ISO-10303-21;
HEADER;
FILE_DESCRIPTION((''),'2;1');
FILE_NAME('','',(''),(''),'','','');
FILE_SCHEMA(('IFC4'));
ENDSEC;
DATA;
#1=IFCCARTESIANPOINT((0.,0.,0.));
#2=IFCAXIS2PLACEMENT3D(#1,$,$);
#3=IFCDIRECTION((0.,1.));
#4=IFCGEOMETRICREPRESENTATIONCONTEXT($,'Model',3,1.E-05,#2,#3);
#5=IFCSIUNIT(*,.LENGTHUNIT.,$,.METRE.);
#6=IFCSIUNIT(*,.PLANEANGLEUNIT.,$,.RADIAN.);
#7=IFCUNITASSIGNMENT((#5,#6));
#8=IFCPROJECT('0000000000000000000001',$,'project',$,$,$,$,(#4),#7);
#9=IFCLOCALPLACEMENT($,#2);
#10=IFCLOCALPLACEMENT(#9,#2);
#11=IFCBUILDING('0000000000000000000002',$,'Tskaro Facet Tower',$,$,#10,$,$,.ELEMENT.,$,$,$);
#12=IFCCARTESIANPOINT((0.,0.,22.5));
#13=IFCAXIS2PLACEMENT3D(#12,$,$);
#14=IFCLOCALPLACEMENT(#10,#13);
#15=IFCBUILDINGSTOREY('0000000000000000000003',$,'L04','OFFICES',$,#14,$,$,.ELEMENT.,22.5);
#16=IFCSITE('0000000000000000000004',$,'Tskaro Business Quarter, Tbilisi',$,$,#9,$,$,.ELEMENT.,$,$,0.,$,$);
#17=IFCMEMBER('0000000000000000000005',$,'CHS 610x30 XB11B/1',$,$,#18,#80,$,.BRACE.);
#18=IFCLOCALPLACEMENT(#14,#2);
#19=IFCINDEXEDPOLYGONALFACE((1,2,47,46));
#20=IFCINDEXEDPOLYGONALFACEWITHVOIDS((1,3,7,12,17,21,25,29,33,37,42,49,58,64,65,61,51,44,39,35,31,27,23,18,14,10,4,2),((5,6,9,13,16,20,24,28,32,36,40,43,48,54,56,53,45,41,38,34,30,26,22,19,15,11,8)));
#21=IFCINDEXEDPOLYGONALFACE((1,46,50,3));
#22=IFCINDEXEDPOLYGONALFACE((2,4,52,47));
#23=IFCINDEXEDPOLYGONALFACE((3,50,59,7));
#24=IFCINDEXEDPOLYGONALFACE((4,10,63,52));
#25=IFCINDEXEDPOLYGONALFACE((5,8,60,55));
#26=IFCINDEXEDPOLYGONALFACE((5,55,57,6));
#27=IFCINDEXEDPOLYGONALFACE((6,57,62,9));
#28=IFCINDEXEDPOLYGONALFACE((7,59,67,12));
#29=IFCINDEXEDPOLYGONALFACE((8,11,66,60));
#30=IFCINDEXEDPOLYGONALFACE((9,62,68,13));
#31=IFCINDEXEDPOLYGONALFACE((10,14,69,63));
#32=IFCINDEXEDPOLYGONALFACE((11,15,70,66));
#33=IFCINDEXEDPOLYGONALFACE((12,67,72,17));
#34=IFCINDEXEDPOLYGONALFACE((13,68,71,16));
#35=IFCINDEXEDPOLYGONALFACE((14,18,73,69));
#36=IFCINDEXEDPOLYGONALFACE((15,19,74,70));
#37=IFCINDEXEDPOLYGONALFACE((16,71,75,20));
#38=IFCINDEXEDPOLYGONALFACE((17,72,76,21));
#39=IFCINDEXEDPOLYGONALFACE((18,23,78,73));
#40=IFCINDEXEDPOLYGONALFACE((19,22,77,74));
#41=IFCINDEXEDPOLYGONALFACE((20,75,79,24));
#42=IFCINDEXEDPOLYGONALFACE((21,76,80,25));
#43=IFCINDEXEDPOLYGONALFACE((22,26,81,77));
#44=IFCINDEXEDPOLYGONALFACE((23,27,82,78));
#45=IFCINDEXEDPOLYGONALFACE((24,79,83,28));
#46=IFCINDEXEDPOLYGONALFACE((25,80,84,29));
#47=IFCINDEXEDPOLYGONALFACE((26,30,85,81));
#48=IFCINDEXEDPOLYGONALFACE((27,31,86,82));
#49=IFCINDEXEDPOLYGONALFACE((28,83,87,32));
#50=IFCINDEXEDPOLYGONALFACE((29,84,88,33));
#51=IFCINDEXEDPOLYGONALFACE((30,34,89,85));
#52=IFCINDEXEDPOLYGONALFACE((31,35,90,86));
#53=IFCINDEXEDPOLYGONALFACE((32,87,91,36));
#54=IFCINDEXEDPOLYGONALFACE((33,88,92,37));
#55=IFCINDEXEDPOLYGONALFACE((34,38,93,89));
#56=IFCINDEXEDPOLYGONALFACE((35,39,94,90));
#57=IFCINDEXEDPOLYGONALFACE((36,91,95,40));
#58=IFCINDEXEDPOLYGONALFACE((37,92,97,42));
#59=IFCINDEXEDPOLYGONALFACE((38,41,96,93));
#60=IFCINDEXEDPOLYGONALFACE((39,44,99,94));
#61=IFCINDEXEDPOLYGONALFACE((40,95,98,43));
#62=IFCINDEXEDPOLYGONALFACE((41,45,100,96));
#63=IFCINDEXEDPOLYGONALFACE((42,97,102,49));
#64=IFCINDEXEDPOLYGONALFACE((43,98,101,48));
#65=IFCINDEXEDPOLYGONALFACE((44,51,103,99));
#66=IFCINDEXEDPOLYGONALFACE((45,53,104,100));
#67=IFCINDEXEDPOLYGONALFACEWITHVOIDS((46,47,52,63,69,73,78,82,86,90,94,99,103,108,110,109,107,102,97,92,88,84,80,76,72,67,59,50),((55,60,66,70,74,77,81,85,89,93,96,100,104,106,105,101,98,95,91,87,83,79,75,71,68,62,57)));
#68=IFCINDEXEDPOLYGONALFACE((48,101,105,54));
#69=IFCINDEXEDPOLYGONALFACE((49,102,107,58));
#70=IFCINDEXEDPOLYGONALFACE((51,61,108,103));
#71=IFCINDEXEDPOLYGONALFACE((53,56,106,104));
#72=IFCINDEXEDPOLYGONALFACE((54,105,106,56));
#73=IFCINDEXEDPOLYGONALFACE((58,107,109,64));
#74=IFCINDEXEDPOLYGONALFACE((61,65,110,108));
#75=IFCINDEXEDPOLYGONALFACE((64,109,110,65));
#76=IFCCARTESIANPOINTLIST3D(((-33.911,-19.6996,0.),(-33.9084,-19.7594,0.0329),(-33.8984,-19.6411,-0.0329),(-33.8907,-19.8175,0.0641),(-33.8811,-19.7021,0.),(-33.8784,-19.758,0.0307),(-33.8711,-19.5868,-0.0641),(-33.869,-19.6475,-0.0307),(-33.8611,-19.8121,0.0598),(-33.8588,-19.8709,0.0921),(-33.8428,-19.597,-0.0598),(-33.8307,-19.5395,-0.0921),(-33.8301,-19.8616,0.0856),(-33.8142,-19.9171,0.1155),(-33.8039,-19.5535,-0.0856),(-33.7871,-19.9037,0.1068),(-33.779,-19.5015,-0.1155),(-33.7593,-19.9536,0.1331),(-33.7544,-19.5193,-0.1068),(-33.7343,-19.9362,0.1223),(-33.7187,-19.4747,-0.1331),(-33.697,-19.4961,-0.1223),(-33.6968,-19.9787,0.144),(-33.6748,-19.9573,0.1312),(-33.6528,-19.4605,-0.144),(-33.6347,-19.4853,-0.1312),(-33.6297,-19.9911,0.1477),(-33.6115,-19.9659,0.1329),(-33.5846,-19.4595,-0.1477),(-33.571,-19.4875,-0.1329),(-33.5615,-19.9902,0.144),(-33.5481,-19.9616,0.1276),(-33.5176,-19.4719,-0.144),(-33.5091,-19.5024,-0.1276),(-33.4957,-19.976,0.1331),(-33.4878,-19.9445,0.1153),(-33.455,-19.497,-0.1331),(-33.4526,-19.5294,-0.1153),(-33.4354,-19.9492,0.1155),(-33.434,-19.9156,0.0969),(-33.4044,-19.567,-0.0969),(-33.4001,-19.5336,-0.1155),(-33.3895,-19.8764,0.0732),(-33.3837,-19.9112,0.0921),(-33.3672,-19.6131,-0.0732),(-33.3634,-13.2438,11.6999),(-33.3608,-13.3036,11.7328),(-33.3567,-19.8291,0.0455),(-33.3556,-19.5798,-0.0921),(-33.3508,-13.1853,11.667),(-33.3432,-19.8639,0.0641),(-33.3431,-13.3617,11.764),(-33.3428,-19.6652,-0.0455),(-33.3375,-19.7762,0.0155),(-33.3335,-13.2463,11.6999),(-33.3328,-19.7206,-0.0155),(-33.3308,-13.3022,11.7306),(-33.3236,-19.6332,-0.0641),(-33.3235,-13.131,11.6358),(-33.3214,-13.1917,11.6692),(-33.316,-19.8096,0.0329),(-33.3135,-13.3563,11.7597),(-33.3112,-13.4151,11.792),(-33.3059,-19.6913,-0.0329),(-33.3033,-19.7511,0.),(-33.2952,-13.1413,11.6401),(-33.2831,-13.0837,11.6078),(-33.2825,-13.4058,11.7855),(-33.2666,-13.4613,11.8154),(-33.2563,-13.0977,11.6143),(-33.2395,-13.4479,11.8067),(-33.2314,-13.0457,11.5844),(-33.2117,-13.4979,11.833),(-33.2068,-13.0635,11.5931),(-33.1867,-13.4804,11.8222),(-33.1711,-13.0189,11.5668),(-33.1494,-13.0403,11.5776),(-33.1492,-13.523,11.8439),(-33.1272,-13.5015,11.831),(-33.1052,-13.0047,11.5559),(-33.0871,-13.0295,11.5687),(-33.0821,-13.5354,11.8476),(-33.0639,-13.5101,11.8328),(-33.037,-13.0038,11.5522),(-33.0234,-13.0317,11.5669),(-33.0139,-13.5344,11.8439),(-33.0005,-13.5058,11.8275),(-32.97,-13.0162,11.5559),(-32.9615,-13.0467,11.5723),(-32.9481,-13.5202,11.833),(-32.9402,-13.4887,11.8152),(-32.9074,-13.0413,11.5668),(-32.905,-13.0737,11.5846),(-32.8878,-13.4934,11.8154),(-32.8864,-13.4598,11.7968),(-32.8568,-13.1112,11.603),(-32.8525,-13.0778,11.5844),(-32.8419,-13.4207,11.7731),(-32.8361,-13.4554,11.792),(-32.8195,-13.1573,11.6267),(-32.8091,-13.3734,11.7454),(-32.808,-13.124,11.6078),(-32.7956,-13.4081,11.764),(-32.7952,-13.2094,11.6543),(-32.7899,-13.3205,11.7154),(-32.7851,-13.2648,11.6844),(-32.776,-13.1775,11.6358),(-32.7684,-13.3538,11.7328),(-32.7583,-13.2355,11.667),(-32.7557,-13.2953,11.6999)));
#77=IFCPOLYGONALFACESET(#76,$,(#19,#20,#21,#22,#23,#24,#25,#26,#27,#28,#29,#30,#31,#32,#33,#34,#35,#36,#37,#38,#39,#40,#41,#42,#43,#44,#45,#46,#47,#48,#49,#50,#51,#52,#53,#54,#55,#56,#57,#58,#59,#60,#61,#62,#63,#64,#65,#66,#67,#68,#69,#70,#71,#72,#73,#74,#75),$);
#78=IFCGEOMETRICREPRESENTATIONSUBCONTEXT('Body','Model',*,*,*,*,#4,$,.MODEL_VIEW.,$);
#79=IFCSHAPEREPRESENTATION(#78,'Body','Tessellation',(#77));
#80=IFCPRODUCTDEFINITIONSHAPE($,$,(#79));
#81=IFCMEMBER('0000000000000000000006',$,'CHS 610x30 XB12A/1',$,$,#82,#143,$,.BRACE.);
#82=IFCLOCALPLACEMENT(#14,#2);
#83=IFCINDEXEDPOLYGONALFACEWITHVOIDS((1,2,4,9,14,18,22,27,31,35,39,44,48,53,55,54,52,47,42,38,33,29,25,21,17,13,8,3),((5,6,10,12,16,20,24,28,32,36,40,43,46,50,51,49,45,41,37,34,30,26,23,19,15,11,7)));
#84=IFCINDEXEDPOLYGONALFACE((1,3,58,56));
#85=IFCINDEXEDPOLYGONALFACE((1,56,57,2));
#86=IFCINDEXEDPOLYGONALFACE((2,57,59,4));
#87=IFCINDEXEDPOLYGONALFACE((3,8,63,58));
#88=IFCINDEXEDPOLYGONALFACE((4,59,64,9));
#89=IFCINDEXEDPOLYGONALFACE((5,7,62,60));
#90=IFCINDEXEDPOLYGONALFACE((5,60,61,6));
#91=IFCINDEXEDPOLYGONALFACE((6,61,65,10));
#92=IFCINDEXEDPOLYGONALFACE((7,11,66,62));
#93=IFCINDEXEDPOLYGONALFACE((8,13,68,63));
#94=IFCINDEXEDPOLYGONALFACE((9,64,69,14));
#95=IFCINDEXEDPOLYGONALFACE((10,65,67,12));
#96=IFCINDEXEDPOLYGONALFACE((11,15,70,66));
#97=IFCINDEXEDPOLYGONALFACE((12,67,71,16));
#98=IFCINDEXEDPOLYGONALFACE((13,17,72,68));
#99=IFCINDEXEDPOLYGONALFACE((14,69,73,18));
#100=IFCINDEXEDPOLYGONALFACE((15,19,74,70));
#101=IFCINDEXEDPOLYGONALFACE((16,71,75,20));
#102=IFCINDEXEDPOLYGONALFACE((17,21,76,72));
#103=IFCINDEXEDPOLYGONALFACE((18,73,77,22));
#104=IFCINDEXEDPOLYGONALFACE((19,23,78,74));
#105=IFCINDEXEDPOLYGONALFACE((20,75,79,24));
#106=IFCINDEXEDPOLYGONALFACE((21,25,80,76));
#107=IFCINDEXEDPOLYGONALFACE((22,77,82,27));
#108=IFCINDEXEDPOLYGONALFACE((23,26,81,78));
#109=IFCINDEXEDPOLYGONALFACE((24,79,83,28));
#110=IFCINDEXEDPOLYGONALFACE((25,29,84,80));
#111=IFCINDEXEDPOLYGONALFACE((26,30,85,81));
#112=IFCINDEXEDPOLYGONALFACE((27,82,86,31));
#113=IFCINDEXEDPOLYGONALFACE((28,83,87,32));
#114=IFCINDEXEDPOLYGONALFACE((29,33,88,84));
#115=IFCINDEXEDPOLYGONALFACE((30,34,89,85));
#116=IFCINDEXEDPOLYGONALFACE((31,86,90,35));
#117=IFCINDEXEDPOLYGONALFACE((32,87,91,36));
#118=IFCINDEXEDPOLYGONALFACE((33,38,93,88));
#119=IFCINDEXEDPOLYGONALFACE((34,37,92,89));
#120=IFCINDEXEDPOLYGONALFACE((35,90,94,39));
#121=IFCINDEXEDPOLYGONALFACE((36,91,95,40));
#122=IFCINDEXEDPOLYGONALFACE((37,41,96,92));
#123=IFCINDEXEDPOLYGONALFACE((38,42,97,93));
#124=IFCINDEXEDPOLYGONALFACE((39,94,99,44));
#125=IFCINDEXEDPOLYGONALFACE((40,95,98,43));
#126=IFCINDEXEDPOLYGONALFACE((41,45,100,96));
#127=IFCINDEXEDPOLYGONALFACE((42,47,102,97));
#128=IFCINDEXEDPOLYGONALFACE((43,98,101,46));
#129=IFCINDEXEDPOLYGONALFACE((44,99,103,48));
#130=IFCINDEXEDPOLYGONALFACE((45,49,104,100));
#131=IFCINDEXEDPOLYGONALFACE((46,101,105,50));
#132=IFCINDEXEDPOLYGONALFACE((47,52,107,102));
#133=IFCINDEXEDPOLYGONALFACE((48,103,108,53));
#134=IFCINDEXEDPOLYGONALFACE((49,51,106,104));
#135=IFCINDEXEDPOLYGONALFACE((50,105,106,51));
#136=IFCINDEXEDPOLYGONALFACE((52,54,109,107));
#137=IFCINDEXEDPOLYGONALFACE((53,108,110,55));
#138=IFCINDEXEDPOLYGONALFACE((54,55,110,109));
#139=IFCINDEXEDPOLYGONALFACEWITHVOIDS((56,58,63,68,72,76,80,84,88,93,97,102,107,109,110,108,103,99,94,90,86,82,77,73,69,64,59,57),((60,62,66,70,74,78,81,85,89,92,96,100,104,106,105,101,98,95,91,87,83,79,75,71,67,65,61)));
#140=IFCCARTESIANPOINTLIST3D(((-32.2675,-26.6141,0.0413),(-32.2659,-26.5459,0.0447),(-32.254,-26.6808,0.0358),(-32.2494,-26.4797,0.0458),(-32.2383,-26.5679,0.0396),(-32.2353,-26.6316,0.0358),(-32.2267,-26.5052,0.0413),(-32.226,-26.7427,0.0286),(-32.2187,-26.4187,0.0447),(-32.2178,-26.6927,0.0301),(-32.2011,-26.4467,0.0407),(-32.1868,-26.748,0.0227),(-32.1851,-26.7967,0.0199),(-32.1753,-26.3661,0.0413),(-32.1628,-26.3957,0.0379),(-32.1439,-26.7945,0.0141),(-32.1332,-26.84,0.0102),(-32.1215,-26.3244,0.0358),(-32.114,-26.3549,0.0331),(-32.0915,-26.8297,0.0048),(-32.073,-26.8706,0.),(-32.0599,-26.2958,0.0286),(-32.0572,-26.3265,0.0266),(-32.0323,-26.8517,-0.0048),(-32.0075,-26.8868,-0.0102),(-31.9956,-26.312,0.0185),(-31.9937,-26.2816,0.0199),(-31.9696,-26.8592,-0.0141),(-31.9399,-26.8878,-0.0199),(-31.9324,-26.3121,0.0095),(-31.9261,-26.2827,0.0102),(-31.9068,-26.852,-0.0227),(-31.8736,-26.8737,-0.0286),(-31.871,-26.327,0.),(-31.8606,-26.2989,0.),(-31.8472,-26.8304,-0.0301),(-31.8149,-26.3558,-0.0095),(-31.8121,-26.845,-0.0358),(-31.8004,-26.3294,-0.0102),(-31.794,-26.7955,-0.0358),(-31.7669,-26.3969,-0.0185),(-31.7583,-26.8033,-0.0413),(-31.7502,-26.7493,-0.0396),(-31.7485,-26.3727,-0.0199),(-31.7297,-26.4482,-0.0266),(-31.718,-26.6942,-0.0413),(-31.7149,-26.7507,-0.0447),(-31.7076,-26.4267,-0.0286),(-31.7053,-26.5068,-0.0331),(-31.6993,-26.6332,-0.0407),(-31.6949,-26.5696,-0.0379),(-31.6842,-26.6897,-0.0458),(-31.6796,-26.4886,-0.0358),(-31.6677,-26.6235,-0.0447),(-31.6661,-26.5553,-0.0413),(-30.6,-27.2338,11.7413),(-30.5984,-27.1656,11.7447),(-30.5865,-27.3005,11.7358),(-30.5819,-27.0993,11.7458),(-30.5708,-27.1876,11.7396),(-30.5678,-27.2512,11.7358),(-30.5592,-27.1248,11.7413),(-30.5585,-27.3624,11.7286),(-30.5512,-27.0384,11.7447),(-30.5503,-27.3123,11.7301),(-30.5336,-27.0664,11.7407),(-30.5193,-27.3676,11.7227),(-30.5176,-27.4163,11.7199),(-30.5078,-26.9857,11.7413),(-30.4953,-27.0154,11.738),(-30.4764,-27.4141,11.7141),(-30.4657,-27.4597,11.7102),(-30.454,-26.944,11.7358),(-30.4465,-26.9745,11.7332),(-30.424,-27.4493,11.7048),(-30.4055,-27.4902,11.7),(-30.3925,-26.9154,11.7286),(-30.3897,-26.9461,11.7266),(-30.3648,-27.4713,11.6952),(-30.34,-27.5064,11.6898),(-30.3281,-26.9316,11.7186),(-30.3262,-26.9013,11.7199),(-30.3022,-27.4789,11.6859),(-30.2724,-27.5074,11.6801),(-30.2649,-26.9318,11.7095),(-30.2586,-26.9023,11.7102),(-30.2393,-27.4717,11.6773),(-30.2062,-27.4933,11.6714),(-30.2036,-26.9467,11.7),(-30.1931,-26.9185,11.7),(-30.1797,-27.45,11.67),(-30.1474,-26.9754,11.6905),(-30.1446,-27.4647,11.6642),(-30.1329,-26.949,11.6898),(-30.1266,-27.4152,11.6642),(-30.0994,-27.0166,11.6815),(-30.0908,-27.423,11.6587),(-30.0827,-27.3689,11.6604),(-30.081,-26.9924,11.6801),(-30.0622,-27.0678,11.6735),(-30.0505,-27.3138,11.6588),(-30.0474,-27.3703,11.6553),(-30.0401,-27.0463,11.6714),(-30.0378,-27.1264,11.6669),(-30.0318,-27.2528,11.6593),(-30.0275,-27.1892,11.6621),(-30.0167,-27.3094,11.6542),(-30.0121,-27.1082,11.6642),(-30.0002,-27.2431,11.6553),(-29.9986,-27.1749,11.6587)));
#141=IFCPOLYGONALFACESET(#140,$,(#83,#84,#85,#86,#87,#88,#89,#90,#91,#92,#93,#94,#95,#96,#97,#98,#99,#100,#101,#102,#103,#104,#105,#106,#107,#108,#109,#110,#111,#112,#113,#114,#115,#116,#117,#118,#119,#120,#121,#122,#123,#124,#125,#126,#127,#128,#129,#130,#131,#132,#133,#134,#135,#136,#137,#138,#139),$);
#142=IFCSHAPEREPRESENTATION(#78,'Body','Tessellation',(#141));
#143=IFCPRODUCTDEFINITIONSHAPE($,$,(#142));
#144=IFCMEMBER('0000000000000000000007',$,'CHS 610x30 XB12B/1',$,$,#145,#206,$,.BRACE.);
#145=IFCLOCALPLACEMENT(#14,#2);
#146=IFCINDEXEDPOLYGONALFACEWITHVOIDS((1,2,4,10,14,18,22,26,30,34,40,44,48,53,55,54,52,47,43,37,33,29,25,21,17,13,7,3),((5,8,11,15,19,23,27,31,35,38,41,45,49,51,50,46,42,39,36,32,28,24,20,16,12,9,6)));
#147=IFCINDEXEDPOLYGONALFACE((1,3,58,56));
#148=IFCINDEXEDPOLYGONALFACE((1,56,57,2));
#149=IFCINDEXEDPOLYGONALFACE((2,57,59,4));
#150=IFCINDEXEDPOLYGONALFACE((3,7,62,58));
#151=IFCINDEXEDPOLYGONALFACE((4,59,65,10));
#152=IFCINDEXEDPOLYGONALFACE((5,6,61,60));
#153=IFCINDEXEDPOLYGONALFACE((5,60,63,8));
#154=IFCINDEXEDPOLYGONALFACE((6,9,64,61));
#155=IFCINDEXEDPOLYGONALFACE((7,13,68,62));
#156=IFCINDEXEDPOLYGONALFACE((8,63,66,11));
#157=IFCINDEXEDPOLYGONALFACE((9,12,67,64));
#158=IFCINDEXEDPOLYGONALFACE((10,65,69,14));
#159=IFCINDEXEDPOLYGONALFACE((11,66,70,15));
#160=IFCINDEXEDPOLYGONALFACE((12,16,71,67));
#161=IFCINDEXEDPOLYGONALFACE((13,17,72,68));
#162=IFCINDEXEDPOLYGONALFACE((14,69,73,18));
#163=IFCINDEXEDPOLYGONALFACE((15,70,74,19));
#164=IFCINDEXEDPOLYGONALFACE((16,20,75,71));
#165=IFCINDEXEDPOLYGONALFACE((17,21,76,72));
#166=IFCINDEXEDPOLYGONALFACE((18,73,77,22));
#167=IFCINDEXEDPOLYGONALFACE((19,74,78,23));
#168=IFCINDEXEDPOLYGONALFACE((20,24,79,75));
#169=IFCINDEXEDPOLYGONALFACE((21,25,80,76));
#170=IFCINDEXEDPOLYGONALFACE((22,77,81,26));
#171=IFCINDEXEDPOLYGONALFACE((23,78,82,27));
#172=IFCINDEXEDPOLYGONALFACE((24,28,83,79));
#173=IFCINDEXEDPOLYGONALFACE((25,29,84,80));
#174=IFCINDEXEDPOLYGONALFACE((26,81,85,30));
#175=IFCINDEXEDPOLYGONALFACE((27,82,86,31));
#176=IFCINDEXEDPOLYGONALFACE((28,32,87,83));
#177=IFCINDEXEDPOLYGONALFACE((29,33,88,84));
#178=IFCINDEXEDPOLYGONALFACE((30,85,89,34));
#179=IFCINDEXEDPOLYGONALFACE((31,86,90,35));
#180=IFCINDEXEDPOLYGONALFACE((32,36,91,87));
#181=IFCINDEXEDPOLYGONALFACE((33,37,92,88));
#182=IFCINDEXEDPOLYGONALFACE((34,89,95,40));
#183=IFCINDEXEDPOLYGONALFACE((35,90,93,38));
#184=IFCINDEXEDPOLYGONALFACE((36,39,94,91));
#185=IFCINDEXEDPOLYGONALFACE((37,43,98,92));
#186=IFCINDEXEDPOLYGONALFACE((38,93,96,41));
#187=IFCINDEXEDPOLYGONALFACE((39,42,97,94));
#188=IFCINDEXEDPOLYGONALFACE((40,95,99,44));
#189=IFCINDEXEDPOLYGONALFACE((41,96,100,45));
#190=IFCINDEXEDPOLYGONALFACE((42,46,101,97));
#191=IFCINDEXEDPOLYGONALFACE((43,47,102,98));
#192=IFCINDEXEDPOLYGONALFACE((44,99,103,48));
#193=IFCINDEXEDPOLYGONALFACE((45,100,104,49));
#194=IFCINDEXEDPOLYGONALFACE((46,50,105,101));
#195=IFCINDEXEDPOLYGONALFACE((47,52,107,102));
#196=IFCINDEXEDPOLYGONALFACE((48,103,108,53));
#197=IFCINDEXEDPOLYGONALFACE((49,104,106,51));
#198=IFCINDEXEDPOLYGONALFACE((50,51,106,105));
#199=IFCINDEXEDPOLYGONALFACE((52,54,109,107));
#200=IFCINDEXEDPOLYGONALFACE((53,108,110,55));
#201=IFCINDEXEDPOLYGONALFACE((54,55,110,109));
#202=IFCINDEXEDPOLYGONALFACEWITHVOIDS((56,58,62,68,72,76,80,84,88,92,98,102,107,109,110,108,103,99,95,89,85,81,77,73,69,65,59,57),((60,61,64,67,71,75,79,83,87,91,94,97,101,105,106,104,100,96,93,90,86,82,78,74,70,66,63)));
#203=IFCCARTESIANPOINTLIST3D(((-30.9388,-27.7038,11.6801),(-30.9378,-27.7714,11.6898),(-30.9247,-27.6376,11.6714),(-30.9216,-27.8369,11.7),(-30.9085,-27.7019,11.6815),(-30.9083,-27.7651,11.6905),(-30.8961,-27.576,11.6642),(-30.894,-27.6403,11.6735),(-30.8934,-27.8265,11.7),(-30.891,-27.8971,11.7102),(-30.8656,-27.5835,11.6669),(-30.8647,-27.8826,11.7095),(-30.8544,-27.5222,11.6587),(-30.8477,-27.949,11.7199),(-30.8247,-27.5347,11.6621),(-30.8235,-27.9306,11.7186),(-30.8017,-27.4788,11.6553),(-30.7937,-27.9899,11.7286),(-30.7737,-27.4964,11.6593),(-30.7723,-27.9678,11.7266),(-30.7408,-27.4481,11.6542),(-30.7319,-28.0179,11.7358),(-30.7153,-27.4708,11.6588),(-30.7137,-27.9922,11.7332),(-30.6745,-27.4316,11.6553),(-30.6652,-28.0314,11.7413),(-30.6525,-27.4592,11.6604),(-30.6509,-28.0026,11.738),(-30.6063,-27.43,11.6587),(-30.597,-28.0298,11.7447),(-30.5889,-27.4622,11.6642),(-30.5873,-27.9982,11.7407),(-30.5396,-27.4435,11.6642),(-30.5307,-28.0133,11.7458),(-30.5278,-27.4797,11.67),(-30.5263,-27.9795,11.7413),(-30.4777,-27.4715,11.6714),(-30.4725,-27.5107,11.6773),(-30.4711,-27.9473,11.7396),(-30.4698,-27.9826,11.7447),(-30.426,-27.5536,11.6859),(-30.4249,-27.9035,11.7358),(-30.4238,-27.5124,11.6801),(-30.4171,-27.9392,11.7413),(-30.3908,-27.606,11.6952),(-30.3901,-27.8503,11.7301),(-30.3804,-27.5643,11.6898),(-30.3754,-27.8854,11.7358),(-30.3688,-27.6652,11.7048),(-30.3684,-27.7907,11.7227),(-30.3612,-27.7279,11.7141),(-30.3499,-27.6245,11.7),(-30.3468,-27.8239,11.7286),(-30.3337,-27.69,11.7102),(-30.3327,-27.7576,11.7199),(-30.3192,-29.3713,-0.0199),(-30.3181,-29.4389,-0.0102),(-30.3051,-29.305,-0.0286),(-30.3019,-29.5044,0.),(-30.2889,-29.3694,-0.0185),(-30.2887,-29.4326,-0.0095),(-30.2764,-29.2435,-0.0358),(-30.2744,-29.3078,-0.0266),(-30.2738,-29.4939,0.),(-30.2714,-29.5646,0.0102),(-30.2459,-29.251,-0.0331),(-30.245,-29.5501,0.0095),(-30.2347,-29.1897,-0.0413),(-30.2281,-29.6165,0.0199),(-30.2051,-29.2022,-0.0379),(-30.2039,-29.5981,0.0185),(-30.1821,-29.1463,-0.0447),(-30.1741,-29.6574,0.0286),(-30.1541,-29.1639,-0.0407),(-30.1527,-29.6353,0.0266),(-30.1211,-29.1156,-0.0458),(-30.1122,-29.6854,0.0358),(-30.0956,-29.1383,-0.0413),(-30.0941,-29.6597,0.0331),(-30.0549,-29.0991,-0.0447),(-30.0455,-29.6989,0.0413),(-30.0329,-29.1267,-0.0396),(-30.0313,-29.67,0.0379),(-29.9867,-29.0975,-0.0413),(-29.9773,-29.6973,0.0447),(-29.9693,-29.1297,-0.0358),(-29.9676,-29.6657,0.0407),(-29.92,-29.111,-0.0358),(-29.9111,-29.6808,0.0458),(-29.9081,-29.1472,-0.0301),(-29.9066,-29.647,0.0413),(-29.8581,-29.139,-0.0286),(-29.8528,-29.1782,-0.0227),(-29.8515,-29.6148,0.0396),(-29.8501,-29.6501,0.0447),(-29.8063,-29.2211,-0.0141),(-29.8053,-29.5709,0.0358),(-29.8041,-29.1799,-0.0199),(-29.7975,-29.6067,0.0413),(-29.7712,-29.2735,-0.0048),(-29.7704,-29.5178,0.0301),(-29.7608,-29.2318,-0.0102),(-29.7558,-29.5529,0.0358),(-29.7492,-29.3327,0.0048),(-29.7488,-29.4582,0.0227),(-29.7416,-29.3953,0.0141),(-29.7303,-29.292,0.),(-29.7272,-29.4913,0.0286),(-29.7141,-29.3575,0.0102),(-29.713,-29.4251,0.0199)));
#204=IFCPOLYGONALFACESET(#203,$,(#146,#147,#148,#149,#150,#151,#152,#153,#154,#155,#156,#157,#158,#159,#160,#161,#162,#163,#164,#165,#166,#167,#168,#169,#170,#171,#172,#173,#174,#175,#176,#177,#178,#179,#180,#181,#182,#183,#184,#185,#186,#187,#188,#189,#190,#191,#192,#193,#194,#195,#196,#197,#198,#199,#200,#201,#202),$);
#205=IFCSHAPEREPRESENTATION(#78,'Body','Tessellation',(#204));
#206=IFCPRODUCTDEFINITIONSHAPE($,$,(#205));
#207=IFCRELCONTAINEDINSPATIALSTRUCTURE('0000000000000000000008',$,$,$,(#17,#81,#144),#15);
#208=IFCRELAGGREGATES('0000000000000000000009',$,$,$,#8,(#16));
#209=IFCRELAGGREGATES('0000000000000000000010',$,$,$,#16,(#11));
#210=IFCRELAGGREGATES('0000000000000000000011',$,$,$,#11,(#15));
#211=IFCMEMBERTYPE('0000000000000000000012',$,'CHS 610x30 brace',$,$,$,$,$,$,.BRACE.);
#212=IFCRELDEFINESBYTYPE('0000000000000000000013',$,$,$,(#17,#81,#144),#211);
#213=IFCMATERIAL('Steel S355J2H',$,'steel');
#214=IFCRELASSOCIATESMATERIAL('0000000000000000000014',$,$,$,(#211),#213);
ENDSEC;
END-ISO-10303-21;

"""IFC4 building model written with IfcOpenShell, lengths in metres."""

from ifc_helpers import new_model, si_unit, direction, frame, origin, origin_2d, place, context, subcontext, project, spatial, hollow_circle, extrude, material, material_profile, profile_set, type_object, element, save


model = new_model("IFC4")

# Units and contexts
model_context = context("Model", 3, precision=1e-05, world=origin(), true_north=direction((0.0, 1.0)))
body_context = subcontext(model_context, "Body", "Model", "MODEL_VIEW")
ifc_project = project(units=[si_unit("LENGTHUNIT", "METRE"), si_unit("PLANEANGLEUNIT", "RADIAN")], contexts=[model_context])

# Site, building, storey
site_placement = place(None, origin())
site = spatial("IfcSite", under=ifc_project, at=site_placement, Name="Tskaro Business Quarter, Tbilisi", CompositionType="ELEMENT", RefElevation=0.0)
building_placement = place(site_placement, origin())
building = spatial("IfcBuilding", under=site, at=building_placement, Name="Tskaro Facet Tower", CompositionType="ELEMENT")
storey_placement = place(building_placement, frame((0.0, 0.0, 22.5)))
storey = spatial("IfcBuildingStorey", under=building, at=storey_placement, Name="L04", Description="OFFICES", CompositionType="ELEMENT", Elevation=22.5)

# Shared definitions
ifc_material_1 = material(Name="Steel S355J2H", Category="steel")

# Members
ifc_material_profile_1 = material_profile(ifc_material_1, hollow_circle(Radius=0.3049, WallThickness=0.03, at=origin_2d()), Name="CHS 610x30")
ifc_profile_set_1 = profile_set([ifc_material_profile_1], Name="Steel S355J2H")
member_type_1 = type_object("IfcMemberType", Name="CHS 610x30 brace", PredefinedType="BRACE", material=ifc_profile_set_1)
member_1_placement = place(storey_placement, frame((-33.6072, -19.7253, 0.0), z_axis=(0.040945, 0.48271, 0.874822), x_axis=(-0.996422, 0.08452, 0.0)))
element("IfcMember", 1, at=member_1_placement, inside=storey, type_object=member_type_1, Name="CHS 610x30 XB11B/1", PredefinedType="BRACE", context=body_context, shape_type="SweptSolid", body=[
    extrude(hollow_circle(Radius=0.3049, WallThickness=0.03, at=origin_2d()), origin(), (0.0, 0.0, 1.0), 13.374),
])
for number, where, z_axis, x_axis, name in (
    (2, (-31.9668, -26.5847, 0.0), (0.140901, -0.052358, 0.988638), (0.348324, 0.937374, 0.0), "CHS 610x30 XB12A/1"),
    (3, (-30.0161, -29.3982, 0.0), (-0.052358, 0.140901, 0.988638), (-0.937374, -0.348324, 0.0), "CHS 610x30 XB12B/1"),
):
    element("IfcMember", number, at=place(storey_placement, frame(where, z_axis=z_axis, x_axis=x_axis)), inside=storey, type_object=member_type_1, Name=name, PredefinedType="BRACE", context=body_context, shape_type="SweptSolid", body=[
        extrude(hollow_circle(Radius=0.3049, WallThickness=0.03, at=origin_2d()), origin(), (0.0, 0.0, 1.0), 11.8345),
    ])

save(model, "model.ifc")
